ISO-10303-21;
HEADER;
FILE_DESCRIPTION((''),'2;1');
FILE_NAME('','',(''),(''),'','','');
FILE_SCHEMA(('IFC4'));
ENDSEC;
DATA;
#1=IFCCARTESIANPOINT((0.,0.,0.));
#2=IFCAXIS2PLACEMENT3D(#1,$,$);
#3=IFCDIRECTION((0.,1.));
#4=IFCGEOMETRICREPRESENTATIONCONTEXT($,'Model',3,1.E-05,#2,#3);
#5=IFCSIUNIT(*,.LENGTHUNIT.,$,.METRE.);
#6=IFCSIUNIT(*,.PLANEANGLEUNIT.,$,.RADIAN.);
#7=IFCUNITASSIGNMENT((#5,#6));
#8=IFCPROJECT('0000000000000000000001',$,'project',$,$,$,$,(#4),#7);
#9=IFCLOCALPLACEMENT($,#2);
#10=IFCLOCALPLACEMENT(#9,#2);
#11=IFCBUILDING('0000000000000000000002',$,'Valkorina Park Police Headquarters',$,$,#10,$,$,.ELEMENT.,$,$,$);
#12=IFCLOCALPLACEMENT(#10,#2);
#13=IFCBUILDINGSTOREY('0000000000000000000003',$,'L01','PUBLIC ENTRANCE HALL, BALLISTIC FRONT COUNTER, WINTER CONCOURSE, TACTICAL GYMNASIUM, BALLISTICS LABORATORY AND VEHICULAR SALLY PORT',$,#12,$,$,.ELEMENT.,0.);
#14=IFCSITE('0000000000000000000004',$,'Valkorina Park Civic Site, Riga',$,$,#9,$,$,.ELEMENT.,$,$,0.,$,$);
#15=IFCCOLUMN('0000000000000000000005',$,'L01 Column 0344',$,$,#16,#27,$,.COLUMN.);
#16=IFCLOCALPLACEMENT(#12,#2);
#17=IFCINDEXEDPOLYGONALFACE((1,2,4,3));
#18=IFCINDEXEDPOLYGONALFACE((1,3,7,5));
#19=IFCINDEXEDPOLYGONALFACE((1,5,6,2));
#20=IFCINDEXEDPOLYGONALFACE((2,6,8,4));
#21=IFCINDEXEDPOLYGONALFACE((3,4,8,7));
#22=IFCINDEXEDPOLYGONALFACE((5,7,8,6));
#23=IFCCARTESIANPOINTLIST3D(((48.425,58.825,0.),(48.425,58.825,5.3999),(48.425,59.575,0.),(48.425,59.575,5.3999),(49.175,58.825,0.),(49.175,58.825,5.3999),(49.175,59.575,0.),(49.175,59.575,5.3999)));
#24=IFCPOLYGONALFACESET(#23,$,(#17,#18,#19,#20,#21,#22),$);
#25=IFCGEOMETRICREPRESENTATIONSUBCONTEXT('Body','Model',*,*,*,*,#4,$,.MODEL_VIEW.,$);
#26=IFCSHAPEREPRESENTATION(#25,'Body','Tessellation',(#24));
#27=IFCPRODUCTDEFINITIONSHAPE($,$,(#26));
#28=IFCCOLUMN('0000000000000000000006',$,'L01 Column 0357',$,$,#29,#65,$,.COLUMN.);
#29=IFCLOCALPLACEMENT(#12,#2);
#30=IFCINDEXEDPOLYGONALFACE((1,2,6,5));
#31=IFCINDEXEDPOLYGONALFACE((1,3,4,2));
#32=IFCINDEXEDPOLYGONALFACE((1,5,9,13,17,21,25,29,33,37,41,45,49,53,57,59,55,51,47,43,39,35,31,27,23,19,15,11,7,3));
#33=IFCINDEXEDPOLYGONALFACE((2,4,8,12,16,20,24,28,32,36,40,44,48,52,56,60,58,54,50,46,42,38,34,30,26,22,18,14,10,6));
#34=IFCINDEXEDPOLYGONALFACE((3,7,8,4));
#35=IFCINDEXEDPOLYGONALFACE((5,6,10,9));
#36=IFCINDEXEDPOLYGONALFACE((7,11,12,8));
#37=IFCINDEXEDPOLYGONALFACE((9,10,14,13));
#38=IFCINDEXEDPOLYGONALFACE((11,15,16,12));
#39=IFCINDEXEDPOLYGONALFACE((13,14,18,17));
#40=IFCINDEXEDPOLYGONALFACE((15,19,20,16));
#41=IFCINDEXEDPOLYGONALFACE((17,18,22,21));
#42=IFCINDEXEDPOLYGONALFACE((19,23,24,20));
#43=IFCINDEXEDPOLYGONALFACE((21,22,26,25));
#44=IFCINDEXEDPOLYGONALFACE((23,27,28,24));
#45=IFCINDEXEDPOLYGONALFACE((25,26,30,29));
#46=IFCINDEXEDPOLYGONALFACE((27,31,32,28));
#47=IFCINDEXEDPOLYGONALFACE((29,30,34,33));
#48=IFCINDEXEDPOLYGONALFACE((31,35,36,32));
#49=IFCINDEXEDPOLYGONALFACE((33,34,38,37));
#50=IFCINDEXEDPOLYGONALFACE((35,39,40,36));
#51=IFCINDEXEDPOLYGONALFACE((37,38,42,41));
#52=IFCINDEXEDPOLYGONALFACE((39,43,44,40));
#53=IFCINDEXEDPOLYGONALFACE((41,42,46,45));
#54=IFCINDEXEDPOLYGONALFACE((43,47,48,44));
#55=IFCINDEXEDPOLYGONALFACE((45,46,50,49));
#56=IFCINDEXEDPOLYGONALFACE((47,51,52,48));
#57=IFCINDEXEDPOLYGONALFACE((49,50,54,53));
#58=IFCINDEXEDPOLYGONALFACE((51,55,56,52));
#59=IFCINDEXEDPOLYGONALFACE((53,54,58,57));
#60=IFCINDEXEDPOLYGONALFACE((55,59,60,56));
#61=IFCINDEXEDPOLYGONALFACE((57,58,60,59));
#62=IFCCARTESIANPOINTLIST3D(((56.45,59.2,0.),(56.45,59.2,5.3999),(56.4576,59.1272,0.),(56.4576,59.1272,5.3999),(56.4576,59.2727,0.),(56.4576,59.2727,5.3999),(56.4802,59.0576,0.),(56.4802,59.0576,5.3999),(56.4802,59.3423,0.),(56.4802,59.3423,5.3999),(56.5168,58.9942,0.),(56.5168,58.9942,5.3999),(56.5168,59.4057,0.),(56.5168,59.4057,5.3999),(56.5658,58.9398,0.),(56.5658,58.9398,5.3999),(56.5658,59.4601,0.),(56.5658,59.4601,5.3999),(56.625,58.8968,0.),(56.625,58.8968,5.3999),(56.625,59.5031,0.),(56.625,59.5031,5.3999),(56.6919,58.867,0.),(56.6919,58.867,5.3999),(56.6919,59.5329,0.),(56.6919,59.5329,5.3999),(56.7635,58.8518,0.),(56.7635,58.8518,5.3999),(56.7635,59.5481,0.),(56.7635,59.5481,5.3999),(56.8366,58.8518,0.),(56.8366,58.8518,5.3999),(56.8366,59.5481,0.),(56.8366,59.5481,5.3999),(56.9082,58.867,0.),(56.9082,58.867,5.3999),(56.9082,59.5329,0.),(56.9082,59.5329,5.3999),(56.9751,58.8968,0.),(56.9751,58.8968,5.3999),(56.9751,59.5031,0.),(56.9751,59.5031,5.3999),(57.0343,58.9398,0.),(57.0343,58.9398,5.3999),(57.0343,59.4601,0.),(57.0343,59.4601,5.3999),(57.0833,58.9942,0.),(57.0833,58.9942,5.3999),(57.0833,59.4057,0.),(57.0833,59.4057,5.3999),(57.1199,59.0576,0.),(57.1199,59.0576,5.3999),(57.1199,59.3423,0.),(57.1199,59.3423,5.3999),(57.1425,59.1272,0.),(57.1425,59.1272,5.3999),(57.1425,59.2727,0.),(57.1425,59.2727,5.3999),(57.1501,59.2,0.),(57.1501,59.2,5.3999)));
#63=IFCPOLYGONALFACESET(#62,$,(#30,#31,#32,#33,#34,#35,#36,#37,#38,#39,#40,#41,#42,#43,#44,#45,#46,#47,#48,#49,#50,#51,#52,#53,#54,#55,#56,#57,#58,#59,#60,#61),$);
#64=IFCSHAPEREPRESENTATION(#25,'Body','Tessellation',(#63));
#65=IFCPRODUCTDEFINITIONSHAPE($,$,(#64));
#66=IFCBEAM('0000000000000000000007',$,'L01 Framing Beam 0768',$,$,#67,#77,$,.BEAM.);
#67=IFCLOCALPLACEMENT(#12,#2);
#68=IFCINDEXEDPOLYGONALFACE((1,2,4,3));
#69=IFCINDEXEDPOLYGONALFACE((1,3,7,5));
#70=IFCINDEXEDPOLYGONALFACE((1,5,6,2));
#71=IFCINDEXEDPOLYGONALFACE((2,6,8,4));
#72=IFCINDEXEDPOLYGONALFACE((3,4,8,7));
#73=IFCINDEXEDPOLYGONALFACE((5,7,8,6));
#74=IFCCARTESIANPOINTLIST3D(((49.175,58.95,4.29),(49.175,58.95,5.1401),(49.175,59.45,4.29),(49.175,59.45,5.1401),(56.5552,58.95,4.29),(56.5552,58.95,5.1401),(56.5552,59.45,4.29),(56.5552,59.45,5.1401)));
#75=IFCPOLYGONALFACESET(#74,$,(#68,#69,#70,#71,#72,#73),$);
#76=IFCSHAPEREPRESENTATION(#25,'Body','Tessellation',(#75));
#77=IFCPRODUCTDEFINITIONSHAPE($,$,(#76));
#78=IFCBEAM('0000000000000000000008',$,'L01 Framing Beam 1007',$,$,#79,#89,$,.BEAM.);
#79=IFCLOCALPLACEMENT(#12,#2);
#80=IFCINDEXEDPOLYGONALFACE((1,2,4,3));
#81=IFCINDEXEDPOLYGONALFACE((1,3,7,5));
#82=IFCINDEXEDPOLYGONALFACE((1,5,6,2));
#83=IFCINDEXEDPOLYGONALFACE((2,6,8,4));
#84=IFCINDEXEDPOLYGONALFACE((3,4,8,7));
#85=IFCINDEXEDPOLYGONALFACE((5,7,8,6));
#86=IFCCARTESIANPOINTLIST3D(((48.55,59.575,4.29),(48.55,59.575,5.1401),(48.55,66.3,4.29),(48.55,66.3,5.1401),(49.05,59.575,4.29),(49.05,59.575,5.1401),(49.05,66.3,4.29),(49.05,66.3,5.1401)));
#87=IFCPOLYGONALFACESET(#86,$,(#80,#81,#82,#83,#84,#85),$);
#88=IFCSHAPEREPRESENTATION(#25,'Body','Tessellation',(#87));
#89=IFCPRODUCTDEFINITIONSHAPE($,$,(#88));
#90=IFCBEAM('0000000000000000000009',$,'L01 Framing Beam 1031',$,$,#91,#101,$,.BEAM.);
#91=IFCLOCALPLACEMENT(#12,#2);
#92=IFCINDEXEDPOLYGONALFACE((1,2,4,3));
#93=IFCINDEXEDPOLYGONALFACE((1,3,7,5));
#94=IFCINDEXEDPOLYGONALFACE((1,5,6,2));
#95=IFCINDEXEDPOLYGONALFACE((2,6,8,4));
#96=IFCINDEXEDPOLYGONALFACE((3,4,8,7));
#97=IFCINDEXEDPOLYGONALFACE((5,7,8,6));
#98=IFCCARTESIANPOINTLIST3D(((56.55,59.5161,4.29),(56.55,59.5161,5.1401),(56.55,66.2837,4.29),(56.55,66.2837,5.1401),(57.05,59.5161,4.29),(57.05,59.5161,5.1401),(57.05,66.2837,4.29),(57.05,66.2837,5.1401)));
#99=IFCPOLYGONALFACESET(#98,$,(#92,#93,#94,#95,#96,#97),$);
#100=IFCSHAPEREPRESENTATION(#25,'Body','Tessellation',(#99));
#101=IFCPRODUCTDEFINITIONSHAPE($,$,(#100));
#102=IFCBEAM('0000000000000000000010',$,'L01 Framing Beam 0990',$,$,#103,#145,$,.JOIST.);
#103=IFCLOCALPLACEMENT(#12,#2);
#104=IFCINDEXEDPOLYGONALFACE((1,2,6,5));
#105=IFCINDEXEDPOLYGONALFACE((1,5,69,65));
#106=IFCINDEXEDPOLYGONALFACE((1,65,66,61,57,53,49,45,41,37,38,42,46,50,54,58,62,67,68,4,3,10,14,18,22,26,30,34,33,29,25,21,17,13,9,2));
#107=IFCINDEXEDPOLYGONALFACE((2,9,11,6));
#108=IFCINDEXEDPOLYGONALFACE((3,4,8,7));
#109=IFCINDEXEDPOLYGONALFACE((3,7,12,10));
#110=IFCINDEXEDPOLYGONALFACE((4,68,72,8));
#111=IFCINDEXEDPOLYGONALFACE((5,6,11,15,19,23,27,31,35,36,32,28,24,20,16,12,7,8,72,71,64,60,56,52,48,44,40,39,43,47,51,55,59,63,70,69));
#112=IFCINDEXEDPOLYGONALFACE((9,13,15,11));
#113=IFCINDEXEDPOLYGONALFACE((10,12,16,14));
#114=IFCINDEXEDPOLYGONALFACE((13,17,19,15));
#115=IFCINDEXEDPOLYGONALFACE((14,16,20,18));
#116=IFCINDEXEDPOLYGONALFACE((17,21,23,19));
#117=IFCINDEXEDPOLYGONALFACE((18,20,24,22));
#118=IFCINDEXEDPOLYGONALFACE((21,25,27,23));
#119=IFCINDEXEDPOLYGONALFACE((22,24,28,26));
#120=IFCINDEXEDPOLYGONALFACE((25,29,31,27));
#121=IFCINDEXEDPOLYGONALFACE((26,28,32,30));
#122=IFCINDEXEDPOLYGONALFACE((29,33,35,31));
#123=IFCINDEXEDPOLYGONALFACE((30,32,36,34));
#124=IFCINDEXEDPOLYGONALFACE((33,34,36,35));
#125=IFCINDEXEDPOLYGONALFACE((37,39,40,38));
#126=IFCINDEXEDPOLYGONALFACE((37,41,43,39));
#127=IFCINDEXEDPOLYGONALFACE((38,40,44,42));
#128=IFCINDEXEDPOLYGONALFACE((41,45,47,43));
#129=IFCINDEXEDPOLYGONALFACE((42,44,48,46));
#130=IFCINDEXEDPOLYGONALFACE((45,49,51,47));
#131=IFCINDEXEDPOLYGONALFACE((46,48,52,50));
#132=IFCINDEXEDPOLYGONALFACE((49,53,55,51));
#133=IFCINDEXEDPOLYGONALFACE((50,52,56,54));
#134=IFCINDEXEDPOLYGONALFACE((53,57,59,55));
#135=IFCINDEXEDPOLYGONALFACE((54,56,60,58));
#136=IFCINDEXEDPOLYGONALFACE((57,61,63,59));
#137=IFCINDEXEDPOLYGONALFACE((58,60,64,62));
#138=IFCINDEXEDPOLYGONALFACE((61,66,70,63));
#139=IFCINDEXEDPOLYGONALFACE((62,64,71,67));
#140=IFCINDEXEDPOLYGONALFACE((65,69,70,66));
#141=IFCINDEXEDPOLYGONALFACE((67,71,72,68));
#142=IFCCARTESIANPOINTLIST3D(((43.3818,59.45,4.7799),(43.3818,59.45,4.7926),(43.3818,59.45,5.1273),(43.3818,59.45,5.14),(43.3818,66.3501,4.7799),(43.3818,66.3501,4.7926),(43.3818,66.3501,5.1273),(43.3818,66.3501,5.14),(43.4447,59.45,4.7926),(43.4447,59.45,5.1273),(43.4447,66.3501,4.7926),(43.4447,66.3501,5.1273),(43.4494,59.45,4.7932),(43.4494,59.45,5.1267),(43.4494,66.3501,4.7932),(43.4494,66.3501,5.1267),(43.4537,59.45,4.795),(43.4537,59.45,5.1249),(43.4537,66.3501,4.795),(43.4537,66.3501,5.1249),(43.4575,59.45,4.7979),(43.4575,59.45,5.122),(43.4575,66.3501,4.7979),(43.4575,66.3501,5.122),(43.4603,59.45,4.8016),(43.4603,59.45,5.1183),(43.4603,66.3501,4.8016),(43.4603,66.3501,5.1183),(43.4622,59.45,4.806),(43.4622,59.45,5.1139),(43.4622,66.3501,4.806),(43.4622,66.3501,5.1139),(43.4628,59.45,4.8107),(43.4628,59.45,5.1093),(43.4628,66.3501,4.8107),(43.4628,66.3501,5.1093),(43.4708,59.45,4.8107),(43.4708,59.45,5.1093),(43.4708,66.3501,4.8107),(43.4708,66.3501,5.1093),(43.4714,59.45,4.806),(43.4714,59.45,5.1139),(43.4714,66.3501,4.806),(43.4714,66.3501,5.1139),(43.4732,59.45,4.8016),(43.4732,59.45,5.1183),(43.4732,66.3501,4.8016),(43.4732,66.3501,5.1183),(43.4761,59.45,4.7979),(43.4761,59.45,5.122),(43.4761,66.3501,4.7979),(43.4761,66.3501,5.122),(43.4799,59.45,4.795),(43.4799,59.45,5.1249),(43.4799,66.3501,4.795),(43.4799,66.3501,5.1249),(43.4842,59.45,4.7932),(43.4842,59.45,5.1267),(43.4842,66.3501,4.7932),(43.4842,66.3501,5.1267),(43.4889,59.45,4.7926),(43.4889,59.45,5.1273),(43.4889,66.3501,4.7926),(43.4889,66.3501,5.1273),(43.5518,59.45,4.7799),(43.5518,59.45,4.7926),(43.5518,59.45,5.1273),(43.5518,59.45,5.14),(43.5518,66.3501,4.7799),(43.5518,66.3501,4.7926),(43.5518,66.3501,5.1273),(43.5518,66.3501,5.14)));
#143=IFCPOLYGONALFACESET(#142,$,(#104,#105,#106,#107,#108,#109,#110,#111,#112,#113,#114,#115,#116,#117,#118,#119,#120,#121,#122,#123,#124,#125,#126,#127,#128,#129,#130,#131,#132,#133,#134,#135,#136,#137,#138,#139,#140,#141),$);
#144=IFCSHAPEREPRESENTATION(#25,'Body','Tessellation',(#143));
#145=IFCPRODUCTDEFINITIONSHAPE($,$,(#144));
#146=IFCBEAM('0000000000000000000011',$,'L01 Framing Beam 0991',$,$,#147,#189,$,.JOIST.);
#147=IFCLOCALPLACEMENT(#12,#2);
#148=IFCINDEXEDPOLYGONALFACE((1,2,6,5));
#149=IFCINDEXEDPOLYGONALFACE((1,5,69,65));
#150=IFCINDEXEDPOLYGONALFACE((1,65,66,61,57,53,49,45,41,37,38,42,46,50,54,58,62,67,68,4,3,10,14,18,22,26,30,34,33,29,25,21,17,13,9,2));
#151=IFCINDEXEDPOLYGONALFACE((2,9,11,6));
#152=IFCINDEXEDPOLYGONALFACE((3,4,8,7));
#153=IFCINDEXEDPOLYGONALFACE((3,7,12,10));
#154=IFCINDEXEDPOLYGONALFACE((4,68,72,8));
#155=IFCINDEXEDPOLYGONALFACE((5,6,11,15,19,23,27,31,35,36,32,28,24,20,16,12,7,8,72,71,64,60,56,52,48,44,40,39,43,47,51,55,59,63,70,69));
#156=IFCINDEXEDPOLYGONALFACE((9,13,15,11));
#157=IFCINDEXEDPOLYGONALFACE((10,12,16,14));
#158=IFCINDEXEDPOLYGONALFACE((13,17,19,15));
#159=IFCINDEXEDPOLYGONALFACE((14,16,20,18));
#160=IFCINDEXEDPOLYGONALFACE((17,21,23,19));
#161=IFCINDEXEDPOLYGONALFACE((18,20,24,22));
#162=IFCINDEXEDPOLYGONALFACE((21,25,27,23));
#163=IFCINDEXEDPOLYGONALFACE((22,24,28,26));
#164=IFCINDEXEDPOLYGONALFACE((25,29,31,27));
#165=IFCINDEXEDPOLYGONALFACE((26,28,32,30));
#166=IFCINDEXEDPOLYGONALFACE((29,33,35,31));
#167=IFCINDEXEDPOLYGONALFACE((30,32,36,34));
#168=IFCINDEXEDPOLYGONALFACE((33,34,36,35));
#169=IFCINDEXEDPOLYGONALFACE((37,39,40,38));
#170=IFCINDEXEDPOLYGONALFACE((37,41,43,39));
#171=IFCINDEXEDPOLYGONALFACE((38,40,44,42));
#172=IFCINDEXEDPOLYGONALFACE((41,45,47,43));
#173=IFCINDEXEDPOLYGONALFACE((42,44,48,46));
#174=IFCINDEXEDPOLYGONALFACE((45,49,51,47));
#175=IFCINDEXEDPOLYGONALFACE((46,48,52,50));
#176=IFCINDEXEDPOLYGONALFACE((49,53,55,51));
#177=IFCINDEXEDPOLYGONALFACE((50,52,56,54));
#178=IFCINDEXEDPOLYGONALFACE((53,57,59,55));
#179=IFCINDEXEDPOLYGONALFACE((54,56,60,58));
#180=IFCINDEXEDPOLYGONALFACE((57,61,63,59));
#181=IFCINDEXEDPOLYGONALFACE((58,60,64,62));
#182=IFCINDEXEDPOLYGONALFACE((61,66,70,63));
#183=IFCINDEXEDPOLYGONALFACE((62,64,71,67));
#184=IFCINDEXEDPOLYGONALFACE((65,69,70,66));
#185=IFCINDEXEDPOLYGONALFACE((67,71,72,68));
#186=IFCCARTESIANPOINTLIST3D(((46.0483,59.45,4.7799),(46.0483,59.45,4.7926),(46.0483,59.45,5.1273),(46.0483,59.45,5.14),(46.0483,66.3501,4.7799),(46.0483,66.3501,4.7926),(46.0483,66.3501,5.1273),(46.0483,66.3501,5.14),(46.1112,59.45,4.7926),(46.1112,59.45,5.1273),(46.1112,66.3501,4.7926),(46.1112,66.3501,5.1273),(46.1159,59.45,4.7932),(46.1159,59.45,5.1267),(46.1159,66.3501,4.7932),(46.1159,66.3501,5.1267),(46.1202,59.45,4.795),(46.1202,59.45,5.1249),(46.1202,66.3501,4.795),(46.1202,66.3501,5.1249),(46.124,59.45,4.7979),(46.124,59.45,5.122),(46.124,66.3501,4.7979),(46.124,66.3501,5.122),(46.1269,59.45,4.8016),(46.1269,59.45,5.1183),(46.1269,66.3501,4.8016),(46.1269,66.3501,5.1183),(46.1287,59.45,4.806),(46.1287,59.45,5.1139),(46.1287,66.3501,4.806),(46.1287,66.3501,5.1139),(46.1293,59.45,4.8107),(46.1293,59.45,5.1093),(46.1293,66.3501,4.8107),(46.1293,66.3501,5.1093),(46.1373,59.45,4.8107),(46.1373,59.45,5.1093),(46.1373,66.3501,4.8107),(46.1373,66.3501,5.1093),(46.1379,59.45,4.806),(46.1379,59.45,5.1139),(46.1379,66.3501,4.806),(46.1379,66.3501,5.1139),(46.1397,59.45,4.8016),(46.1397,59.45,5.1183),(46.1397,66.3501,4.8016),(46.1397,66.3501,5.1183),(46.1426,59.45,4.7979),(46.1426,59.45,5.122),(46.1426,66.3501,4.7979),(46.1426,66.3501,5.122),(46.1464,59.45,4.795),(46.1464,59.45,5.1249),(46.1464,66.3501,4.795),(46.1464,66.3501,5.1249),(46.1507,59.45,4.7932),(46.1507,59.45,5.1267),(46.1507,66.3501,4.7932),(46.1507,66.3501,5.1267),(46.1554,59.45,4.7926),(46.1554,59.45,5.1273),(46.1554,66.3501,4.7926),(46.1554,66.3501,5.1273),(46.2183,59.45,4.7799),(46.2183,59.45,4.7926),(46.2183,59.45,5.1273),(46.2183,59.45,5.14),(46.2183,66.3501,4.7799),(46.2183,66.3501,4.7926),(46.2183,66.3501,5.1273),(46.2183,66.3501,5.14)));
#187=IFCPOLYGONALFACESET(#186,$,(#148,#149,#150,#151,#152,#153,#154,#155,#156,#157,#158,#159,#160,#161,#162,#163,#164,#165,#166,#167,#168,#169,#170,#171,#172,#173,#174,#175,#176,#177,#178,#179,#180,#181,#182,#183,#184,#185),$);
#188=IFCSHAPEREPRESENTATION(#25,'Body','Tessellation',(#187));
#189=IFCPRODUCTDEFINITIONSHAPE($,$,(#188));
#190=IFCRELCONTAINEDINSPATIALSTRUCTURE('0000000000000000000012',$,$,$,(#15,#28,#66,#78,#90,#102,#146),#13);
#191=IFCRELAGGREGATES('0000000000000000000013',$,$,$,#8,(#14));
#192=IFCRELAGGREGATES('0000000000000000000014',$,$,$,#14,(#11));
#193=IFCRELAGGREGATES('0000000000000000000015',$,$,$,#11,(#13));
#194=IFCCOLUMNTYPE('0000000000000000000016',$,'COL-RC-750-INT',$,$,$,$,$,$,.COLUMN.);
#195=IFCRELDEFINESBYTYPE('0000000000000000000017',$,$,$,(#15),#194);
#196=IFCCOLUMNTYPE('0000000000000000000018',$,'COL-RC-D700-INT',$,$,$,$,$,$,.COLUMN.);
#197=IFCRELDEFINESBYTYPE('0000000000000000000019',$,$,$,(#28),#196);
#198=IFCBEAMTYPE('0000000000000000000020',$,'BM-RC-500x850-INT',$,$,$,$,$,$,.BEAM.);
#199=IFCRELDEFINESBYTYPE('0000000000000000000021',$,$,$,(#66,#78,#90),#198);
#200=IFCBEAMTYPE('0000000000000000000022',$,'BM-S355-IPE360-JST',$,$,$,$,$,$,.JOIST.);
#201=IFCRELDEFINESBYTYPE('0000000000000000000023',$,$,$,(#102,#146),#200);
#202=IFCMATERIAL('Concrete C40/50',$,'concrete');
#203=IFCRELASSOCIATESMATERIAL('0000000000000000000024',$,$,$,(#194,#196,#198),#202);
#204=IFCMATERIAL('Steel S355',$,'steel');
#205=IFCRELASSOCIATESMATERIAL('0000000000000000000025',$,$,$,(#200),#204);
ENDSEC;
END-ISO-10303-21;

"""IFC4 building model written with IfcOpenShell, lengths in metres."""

from ifc_helpers import new_model, si_unit, direction, frame, origin, origin_2d, place, context, subcontext, project, spatial, rectangle, circle, i_section, extrude, material, material_profile, profile_set, type_object, element, save


model = new_model("IFC4")

# Units and contexts
model_context = context("Model", 3, precision=1e-05, world=origin(), true_north=direction((0.0, 1.0)))
body_context = subcontext(model_context, "Body", "Model", "MODEL_VIEW")
ifc_project = project(units=[si_unit("LENGTHUNIT", "METRE"), si_unit("PLANEANGLEUNIT", "RADIAN")], contexts=[model_context])

# Site, building, storey
site_placement = place(None, origin())
site = spatial("IfcSite", under=ifc_project, at=site_placement, Name="Valkorina Park Civic Site, Riga", CompositionType="ELEMENT", RefElevation=0.0)
building_placement = place(site_placement, origin())
building = spatial("IfcBuilding", under=site, at=building_placement, Name="Valkorina Park Police Headquarters", CompositionType="ELEMENT")
storey_placement = place(building_placement, origin())
storey = spatial("IfcBuildingStorey", under=building, at=storey_placement, Name="L01", Description="PUBLIC ENTRANCE HALL, BALLISTIC FRONT COUNTER, WINTER CONCOURSE, TACTICAL GYMNASIUM, BALLISTICS LABORATORY AND VEHICULAR SALLY PORT", CompositionType="ELEMENT", Elevation=0.0)

# Columns
ifc_material_1 = material(Name="Concrete C40/50", Category="concrete")
ifc_material_profile_1 = material_profile(ifc_material_1, rectangle(XDim=0.75, YDim=0.75, at=origin_2d()), Name="RC COL 750x750")
ifc_profile_set_1 = profile_set([ifc_material_profile_1], Name="Concrete C40/50")
column_type_1 = type_object("IfcColumnType", Name="COL-RC-750-INT", PredefinedType="COLUMN", material=ifc_profile_set_1)
column_1_placement = place(storey_placement, frame((48.8, 59.2, 0.0), z_axis=(0.0, 0.0, 1.0), x_axis=(1.0, 0.0, 0.0)))
element("IfcColumn", 1, at=column_1_placement, inside=storey, type_object=column_type_1, Name="L01 Column 0344", PredefinedType="COLUMN", context=body_context, shape_type="SweptSolid", body=[
    extrude(rectangle(XDim=0.75, YDim=0.75, at=origin_2d()), origin(), (0.0, 0.0, 1.0), 5.3999),
])
ifc_material_profile_2 = material_profile(ifc_material_1, circle(Radius=0.3501, at=origin_2d()), Name="RC COL D700")
ifc_profile_set_2 = profile_set([ifc_material_profile_2], Name="Concrete C40/50")
column_type_2 = type_object("IfcColumnType", Name="COL-RC-D700-INT", PredefinedType="COLUMN", material=ifc_profile_set_2)
column_2_placement = place(storey_placement, frame((56.8, 59.2, 0.0), z_axis=(0.0, 0.0, 1.0), x_axis=(1.0, 0.0, 0.0)))
element("IfcColumn", 2, at=column_2_placement, inside=storey, type_object=column_type_2, Name="L01 Column 0357", PredefinedType="COLUMN", context=body_context, shape_type="SweptSolid", body=[
    extrude(circle(Radius=0.3501, at=origin_2d()), origin(), (0.0, 0.0, 1.0), 5.3999),
])

# Beams
ifc_material_profile_3 = material_profile(ifc_material_1, rectangle(XDim=0.5, YDim=0.8501, at=origin_2d()), Name="RC BEAM 500x850")
ifc_profile_set_3 = profile_set([ifc_material_profile_3], Name="Concrete C40/50")
beam_type_1 = type_object("IfcBeamType", Name="BM-RC-500x850-INT", PredefinedType="BEAM", material=ifc_profile_set_3)
beam_1_placement = place(storey_placement, frame((49.175, 59.2, 4.7151), z_axis=(1.0, 0.0, 0.0), x_axis=(0.0, 1.0, 0.0)))
element("IfcBeam", 3, at=beam_1_placement, inside=storey, type_object=beam_type_1, Name="L01 Framing Beam 0768", PredefinedType="BEAM", context=body_context, shape_type="SweptSolid", body=[
    extrude(rectangle(XDim=0.5, YDim=0.8501, at=origin_2d()), origin(), (0.0, 0.0, 1.0), 7.3801),
])
beam_2_placement = place(storey_placement, frame((48.8, 59.575, 4.7151), z_axis=(0.0, 1.0, 0.0), x_axis=(-1.0, 0.0, 0.0)))
element("IfcBeam", 4, at=beam_2_placement, inside=storey, type_object=beam_type_1, Name="L01 Framing Beam 1007", PredefinedType="BEAM", context=body_context, shape_type="SweptSolid", body=[
    extrude(rectangle(XDim=0.5, YDim=0.8501, at=origin_2d()), origin(), (0.0, 0.0, 1.0), 6.7251),
])
beam_3_placement = place(storey_placement, frame((56.8, 59.5161, 4.7151), z_axis=(0.0, 1.0, 0.0), x_axis=(-1.0, 0.0, 0.0)))
element("IfcBeam", 5, at=beam_3_placement, inside=storey, type_object=beam_type_1, Name="L01 Framing Beam 1031", PredefinedType="BEAM", context=body_context, shape_type="SweptSolid", body=[
    extrude(rectangle(XDim=0.5, YDim=0.8501, at=origin_2d()), origin(), (0.0, 0.0, 1.0), 6.7676),
])
ifc_material_2 = material(Name="Steel S355", Category="steel")
ifc_material_profile_4 = material_profile(ifc_material_2, i_section(OverallWidth=0.1699, OverallDepth=0.3601, WebThickness=0.0081, FlangeThickness=0.0127, FilletRadius=0.0181, at=origin_2d()), Name="IPE 360")
ifc_profile_set_4 = profile_set([ifc_material_profile_4], Name="Steel S355")
beam_type_2 = type_object("IfcBeamType", Name="BM-S355-IPE360-JST", PredefinedType="JOIST", material=ifc_profile_set_4)
for number, where, z_axis, x_axis, name in (
    (6, (43.4668, 59.45, 4.96), (0.0, 1.0, 0.0), (-1.0, 0.0, 0.0), "L01 Framing Beam 0990"),
    (7, (46.1333, 59.45, 4.96), (0.0, 1.0, 0.0), (-1.0, 0.0, 0.0), "L01 Framing Beam 0991"),
):
    element("IfcBeam", number, at=place(storey_placement, frame(where, z_axis=z_axis, x_axis=x_axis)), inside=storey, type_object=beam_type_2, Name=name, PredefinedType="JOIST", context=body_context, shape_type="SweptSolid", body=[
        extrude(i_section(OverallWidth=0.1699, OverallDepth=0.3601, WebThickness=0.0081, FlangeThickness=0.0127, FilletRadius=0.0181, at=origin_2d()), origin(), (0.0, 0.0, 1.0), 6.9001),
    ])

save(model, "model.ifc")
